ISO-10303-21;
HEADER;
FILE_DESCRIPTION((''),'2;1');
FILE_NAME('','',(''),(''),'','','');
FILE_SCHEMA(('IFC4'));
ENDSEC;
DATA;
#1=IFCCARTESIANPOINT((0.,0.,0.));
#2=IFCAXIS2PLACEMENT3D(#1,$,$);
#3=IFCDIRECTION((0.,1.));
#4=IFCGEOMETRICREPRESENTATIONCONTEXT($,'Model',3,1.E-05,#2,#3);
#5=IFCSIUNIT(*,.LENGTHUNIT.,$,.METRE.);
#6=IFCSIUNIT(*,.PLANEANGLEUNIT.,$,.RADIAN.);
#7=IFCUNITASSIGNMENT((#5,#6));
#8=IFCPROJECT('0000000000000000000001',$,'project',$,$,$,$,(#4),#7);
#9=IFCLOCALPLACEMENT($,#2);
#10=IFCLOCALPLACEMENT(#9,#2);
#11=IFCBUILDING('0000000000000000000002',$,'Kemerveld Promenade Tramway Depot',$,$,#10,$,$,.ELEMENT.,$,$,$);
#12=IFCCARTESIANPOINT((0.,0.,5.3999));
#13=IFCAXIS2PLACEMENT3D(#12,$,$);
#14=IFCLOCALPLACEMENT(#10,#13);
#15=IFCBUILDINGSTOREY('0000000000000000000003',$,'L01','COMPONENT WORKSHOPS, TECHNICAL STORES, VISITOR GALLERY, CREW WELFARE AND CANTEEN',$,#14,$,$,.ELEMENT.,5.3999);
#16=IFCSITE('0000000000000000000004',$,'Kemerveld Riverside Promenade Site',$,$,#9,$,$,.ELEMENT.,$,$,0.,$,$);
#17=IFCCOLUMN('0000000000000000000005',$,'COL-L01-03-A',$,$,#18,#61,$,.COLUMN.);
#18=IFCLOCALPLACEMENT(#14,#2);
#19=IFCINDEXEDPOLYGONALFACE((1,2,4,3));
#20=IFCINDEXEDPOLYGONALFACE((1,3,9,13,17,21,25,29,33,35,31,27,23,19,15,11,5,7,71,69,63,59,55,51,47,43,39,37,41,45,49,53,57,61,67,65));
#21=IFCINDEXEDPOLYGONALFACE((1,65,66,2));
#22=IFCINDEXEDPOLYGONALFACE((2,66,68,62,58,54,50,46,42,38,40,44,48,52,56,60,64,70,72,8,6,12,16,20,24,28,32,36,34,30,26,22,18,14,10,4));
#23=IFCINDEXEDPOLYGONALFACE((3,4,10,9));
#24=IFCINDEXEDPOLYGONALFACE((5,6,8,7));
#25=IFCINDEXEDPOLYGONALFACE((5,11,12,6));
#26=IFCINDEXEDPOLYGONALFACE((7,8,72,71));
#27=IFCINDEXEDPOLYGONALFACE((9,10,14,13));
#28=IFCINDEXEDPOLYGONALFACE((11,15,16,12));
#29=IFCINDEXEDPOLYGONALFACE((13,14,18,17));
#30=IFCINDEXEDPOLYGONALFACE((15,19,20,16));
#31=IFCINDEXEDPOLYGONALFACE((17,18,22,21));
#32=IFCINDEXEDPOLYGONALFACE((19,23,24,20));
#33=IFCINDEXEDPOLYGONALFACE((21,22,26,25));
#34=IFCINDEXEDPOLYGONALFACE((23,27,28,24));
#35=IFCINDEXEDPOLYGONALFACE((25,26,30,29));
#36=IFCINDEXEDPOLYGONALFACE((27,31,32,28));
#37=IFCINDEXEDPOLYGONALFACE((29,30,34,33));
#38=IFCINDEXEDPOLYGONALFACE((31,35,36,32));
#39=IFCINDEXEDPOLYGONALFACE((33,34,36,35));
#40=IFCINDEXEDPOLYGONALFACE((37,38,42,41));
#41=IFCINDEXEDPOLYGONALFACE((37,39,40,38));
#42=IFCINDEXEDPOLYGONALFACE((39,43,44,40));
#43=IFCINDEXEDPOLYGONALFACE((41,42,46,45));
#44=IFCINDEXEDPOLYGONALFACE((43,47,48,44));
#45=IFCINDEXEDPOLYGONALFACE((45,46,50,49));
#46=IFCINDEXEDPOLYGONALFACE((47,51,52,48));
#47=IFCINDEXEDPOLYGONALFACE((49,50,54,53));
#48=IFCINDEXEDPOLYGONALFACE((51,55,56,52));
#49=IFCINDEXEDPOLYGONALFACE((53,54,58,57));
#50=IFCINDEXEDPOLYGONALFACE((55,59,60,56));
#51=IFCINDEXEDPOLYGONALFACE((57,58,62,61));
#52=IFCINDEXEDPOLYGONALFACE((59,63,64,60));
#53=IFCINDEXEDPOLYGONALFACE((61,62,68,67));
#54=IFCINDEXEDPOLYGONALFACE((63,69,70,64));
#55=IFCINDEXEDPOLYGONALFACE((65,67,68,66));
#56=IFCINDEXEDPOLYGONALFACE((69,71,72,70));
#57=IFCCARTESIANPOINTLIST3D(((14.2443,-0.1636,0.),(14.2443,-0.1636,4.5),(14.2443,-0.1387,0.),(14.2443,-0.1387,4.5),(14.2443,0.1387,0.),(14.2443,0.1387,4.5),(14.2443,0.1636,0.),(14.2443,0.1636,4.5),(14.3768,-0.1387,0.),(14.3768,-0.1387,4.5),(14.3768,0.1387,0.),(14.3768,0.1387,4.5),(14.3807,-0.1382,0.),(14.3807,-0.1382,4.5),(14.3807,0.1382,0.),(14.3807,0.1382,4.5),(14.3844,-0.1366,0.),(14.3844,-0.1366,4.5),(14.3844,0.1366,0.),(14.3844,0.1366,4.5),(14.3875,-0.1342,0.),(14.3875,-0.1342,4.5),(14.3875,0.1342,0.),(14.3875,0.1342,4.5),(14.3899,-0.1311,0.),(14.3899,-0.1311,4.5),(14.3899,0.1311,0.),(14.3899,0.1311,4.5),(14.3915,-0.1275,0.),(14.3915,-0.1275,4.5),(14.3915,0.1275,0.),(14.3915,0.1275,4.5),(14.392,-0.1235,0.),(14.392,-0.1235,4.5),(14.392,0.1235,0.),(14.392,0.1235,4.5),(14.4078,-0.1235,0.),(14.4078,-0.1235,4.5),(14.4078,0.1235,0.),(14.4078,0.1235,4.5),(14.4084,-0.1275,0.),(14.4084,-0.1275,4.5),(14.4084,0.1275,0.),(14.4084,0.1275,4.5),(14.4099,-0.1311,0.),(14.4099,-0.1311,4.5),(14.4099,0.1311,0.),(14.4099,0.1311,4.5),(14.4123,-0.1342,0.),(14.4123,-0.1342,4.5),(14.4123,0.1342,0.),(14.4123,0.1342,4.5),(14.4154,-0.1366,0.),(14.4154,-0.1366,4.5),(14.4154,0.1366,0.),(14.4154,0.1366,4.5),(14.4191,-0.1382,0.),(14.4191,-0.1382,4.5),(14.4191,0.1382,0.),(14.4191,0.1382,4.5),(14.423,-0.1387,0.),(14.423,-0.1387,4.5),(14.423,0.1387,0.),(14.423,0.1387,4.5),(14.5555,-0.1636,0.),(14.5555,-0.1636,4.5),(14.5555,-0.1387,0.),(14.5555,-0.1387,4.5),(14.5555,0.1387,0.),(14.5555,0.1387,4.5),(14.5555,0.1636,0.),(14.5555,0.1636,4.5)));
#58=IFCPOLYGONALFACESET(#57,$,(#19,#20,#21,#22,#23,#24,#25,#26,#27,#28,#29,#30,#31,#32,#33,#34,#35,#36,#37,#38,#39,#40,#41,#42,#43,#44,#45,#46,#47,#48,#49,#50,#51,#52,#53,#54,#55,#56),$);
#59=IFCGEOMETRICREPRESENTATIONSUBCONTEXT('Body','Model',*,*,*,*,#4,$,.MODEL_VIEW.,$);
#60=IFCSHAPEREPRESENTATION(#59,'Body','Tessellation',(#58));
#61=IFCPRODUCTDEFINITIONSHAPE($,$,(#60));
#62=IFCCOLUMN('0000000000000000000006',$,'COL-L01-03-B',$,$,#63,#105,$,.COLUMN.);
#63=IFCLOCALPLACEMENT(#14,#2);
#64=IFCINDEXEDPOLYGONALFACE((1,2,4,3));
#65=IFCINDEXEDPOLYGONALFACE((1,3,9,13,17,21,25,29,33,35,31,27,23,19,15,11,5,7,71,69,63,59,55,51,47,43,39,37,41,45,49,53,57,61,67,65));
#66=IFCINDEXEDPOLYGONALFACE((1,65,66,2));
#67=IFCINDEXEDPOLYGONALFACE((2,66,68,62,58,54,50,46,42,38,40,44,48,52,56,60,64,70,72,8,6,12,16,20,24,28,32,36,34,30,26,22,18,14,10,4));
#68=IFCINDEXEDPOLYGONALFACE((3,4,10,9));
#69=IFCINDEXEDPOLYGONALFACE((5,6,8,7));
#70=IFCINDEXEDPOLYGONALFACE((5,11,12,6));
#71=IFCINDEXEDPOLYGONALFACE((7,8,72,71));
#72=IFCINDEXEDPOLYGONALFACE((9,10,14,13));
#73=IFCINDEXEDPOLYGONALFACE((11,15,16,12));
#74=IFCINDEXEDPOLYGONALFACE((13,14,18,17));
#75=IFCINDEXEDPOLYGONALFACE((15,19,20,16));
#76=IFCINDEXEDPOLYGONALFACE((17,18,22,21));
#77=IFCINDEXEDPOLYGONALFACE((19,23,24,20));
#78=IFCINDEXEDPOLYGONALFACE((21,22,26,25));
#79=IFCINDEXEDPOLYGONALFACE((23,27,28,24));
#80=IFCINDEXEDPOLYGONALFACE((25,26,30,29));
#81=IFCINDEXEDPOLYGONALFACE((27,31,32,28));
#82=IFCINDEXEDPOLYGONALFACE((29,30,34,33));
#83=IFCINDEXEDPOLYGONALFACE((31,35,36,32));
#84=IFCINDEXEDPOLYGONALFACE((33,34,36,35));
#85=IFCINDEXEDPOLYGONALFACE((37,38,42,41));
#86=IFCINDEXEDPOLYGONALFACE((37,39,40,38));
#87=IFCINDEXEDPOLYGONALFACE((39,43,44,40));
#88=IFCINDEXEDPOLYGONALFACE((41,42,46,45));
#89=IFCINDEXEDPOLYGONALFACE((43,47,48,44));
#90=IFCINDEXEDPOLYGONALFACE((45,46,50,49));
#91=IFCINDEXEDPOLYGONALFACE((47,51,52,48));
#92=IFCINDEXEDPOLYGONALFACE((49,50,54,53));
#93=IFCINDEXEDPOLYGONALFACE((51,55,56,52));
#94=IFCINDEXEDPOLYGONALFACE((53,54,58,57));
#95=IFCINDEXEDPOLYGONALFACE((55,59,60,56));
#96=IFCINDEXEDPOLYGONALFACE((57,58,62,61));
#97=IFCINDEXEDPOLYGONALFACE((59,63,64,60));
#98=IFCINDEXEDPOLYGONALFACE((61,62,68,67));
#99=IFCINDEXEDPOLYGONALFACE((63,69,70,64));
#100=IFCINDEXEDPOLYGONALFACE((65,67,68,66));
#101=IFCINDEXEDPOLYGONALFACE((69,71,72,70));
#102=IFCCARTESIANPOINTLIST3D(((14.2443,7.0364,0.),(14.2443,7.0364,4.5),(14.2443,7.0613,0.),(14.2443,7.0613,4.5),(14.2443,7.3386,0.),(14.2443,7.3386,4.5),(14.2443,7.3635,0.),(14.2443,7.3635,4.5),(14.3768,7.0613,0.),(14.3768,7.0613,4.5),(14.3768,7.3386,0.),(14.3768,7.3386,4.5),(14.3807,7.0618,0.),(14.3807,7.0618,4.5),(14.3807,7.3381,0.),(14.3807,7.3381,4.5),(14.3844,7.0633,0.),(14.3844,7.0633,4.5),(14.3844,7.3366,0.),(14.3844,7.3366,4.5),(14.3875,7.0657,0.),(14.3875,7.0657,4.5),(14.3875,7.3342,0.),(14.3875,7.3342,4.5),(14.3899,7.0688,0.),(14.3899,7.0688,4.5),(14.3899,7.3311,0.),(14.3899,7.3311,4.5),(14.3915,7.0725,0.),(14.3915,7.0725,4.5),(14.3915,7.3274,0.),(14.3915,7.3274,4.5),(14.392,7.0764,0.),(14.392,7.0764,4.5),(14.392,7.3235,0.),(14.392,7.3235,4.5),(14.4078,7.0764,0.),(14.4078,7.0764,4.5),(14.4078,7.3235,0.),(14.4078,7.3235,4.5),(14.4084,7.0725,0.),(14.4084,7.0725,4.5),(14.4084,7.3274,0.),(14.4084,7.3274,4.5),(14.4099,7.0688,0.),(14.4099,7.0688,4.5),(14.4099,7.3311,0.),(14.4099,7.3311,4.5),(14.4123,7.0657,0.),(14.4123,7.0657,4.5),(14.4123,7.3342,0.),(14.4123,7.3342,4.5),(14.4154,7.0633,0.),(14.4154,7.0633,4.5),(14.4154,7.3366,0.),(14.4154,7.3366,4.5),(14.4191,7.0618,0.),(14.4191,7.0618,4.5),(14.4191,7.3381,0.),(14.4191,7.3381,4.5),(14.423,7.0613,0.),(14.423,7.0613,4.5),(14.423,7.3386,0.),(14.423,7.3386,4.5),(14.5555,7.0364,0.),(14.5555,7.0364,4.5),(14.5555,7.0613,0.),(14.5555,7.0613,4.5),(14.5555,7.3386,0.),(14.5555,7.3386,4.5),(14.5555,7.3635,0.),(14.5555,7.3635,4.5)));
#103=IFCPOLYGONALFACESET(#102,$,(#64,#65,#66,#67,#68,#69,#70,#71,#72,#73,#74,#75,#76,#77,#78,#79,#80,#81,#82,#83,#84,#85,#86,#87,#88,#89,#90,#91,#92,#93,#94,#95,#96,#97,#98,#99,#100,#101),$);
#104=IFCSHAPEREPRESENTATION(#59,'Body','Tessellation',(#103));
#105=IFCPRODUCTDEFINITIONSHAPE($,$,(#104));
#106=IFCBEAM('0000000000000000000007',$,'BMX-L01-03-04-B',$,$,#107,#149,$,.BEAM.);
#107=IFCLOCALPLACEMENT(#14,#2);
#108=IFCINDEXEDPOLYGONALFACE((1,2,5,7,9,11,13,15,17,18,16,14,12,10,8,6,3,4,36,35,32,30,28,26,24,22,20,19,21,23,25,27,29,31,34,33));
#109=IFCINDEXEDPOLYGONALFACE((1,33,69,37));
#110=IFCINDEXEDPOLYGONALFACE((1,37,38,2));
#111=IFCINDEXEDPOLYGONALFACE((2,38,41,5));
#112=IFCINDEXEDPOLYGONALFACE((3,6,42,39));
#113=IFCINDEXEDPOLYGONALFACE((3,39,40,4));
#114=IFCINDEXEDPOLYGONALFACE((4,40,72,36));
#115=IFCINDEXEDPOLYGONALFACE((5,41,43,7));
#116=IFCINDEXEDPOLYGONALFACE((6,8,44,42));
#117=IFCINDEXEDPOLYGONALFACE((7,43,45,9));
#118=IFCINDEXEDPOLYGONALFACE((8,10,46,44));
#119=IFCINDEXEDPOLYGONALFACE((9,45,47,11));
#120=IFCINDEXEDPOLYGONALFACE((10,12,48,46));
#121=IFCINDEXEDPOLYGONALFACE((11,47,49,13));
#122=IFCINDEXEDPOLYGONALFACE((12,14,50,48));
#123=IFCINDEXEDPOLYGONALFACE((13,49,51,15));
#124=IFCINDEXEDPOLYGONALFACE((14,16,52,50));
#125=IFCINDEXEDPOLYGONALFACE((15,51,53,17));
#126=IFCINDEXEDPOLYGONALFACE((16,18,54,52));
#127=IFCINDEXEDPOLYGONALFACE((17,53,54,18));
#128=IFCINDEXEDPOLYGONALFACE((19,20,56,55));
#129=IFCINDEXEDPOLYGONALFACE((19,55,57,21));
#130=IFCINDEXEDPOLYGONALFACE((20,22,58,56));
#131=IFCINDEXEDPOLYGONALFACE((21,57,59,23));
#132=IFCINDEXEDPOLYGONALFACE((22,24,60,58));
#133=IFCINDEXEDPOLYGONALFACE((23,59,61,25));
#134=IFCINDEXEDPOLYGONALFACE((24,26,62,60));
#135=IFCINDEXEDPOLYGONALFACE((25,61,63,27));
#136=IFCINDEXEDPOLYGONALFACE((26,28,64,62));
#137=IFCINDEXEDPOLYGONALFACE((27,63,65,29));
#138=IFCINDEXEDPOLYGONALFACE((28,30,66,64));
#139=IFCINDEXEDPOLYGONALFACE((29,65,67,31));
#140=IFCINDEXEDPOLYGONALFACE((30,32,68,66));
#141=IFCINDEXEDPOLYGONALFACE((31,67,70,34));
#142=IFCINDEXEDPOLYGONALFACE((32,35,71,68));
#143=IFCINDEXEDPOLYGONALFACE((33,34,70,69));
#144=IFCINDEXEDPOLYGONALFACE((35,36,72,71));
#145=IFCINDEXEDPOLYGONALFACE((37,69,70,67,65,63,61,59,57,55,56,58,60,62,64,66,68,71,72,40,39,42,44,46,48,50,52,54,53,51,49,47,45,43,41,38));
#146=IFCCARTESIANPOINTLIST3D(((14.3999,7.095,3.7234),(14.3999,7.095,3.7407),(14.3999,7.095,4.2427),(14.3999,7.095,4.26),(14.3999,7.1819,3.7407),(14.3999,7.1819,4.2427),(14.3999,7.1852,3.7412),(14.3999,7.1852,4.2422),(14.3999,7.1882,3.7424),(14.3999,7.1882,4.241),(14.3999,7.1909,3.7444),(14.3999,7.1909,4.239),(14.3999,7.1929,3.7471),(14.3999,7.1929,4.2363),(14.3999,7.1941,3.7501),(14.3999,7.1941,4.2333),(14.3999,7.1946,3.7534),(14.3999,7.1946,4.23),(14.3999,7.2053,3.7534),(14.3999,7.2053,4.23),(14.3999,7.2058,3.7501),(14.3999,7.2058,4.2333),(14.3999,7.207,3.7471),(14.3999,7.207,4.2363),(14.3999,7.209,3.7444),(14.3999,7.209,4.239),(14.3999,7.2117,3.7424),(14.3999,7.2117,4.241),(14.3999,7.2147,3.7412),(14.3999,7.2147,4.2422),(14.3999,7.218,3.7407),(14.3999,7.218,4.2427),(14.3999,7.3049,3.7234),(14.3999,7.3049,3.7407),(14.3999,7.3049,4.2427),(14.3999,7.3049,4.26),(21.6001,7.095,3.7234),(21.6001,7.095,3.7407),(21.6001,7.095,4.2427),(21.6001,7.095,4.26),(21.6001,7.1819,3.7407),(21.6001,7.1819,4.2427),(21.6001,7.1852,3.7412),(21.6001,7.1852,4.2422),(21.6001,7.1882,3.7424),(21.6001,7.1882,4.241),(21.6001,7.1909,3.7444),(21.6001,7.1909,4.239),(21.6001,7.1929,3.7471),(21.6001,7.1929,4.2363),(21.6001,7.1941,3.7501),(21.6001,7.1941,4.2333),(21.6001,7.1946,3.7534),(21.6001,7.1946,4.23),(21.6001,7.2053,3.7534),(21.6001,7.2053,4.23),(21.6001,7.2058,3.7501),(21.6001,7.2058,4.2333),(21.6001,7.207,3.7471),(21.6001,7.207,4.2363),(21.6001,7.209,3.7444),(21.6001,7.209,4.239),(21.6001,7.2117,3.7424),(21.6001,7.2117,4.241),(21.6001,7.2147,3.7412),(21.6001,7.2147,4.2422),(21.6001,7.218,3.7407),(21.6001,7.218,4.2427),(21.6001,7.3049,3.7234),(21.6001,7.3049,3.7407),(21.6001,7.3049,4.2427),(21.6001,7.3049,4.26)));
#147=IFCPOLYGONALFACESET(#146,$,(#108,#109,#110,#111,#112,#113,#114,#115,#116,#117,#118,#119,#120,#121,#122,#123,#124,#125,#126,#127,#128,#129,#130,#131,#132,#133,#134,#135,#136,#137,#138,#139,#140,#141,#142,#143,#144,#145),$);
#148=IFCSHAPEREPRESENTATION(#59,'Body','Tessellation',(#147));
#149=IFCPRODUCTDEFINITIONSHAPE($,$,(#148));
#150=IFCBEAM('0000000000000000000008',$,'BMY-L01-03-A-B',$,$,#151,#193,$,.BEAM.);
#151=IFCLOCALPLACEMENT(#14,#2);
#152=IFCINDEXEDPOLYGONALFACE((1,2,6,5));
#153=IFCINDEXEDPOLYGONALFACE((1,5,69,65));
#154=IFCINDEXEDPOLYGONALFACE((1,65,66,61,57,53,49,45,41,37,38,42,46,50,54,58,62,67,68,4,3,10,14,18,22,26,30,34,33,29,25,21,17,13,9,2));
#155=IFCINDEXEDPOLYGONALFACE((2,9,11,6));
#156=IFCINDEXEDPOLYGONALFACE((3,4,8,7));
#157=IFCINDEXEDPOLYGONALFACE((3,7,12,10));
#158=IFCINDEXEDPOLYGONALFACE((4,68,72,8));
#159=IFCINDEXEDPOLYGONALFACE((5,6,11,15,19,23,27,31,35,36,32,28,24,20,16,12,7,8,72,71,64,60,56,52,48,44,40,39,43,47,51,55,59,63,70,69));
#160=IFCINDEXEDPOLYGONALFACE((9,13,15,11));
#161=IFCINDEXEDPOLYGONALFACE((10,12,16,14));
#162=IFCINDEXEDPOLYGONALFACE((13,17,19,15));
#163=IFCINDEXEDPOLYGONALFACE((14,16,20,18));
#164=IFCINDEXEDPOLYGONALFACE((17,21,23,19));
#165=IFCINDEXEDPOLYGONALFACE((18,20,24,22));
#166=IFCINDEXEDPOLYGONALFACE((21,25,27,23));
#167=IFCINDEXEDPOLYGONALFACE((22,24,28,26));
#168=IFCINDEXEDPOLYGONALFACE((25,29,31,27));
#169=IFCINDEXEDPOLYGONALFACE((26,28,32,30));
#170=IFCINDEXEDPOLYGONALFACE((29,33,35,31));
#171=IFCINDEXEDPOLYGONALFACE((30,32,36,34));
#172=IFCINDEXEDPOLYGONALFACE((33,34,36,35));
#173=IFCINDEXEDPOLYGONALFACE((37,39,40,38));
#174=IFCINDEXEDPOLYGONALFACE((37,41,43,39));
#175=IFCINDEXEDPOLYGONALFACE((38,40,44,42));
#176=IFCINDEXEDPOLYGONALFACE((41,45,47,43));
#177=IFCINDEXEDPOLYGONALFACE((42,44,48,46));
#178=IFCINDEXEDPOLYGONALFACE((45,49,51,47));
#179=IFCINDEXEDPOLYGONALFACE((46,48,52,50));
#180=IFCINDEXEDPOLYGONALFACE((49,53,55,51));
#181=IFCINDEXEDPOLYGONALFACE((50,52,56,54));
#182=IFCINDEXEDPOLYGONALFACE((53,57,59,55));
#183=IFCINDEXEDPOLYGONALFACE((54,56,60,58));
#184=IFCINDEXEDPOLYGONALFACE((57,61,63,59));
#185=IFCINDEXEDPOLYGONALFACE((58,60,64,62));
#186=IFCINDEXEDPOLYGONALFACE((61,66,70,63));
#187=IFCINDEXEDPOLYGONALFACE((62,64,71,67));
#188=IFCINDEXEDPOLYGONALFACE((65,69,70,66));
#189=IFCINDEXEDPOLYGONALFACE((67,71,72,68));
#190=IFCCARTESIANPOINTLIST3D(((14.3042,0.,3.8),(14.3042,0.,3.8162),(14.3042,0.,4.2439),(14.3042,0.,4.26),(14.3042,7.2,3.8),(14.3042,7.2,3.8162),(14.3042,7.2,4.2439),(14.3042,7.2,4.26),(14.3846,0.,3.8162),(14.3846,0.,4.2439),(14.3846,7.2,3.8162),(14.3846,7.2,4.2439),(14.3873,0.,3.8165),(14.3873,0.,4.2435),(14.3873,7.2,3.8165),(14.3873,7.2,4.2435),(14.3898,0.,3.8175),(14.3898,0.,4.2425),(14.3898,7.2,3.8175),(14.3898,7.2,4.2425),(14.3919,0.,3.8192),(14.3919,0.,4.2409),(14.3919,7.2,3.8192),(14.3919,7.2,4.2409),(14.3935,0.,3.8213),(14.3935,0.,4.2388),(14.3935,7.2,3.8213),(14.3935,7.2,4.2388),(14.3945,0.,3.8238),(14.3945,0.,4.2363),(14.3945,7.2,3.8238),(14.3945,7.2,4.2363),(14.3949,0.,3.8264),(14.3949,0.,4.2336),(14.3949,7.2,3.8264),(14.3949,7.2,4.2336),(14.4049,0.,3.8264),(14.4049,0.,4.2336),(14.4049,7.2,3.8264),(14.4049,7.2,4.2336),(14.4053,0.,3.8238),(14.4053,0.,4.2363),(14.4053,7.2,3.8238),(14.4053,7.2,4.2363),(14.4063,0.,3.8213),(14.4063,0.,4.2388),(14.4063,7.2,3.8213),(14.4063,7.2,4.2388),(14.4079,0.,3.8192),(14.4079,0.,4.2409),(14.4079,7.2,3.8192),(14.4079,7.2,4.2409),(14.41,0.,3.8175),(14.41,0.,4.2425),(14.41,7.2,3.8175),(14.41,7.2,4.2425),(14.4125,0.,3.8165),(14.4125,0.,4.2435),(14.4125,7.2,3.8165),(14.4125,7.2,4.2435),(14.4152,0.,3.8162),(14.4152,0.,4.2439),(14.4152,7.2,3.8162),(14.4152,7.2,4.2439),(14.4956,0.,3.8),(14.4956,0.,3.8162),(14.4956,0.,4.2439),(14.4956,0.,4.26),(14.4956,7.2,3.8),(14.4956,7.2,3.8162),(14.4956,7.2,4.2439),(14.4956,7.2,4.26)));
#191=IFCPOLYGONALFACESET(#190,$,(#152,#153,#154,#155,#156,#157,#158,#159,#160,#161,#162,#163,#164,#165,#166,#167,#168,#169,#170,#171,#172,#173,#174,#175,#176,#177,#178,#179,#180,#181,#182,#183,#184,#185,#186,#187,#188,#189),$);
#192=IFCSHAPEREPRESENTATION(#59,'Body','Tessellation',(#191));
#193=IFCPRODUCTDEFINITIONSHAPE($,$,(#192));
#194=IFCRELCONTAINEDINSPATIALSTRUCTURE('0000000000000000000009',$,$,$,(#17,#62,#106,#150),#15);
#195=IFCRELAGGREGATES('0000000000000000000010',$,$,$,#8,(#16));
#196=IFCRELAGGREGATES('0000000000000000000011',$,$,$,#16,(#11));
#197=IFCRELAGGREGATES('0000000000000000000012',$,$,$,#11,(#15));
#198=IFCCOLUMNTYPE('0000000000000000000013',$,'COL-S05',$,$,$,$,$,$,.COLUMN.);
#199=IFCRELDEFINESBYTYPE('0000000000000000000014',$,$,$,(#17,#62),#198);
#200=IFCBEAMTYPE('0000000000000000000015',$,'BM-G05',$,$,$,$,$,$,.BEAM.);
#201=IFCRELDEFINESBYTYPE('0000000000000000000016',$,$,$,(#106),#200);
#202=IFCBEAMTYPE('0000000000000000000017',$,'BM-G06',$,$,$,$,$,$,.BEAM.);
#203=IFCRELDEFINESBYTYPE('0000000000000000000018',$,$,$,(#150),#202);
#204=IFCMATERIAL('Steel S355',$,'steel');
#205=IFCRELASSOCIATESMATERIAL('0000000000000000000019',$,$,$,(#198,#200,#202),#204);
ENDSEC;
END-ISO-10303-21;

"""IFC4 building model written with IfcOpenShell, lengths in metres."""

from ifc_helpers import new_model, si_unit, direction, frame, origin, origin_2d, place, context, subcontext, project, spatial, i_section, extrude, material, material_profile, profile_set, type_object, element, save


model = new_model("IFC4")

# Units and contexts
model_context = context("Model", 3, precision=1e-05, world=origin(), true_north=direction((0.0, 1.0)))
body_context = subcontext(model_context, "Body", "Model", "MODEL_VIEW")
ifc_project = project(units=[si_unit("LENGTHUNIT", "METRE"), si_unit("PLANEANGLEUNIT", "RADIAN")], contexts=[model_context])

# Site, building, storey
site_placement = place(None, origin())
site = spatial("IfcSite", under=ifc_project, at=site_placement, Name="Kemerveld Riverside Promenade Site", CompositionType="ELEMENT", RefElevation=0.0)
building_placement = place(site_placement, origin())
building = spatial("IfcBuilding", under=site, at=building_placement, Name="Kemerveld Promenade Tramway Depot", CompositionType="ELEMENT")
storey_placement = place(building_placement, frame((0.0, 0.0, 5.3999)))
storey = spatial("IfcBuildingStorey", under=building, at=storey_placement, Name="L01", Description="COMPONENT WORKSHOPS, TECHNICAL STORES, VISITOR GALLERY, CREW WELFARE AND CANTEEN", CompositionType="ELEMENT", Elevation=5.3999)

# Columns
ifc_material_1 = material(Name="Steel S355", Category="steel")
ifc_material_profile_1 = material_profile(ifc_material_1, i_section(OverallWidth=0.3113, OverallDepth=0.3271, WebThickness=0.0159, FlangeThickness=0.0249, FilletRadius=0.0151, at=origin_2d()), Name="305x305x158 UC")
ifc_profile_set_1 = profile_set([ifc_material_profile_1], Name="Steel S355")
column_type = type_object("IfcColumnType", Name="COL-S05", PredefinedType="COLUMN", material=ifc_profile_set_1)
for number, where, z_axis, x_axis, name in (
    (1, (14.3999, 0.0, 0.0), (0.0, 0.0, 1.0), (1.0, 0.0, 0.0), "COL-L01-03-A"),
    (2, (14.3999, 7.2, 0.0), (0.0, 0.0, 1.0), (1.0, 0.0, 0.0), "COL-L01-03-B"),
):
    element("IfcColumn", number, at=place(storey_placement, frame(where, z_axis=z_axis, x_axis=x_axis)), inside=storey, type_object=column_type, Name=name, PredefinedType="COLUMN", context=body_context, shape_type="SweptSolid", body=[
        extrude(i_section(OverallWidth=0.3113, OverallDepth=0.3271, WebThickness=0.0159, FlangeThickness=0.0249, FilletRadius=0.0151, at=origin_2d()), origin(), (0.0, 0.0, 1.0), 4.5),
    ])

# Beams
ifc_material_profile_2 = material_profile(ifc_material_1, i_section(OverallWidth=0.21, OverallDepth=0.5366, WebThickness=0.0107, FlangeThickness=0.0173, FilletRadius=0.0127, at=origin_2d()), Name="533x210x101 UB")
ifc_profile_set_2 = profile_set([ifc_material_profile_2], Name="Steel S355")
beam_type_1 = type_object("IfcBeamType", Name="BM-G05", PredefinedType="BEAM", material=ifc_profile_set_2)
beam_1_placement = place(storey_placement, frame((14.3999, 7.2, 3.9917), z_axis=(1.0, 0.0, 0.0), x_axis=(0.0, 1.0, 0.0)))
element("IfcBeam", 3, at=beam_1_placement, inside=storey, type_object=beam_type_1, Name="BMX-L01-03-04-B", PredefinedType="BEAM", context=body_context, shape_type="SweptSolid", body=[
    extrude(i_section(OverallWidth=0.21, OverallDepth=0.5366, WebThickness=0.0107, FlangeThickness=0.0173, FilletRadius=0.0127, at=origin_2d()), origin(), (0.0, 0.0, 1.0), 7.2002),
])
ifc_material_profile_3 = material_profile(ifc_material_1, i_section(OverallWidth=0.1914, OverallDepth=0.46, WebThickness=0.01, FlangeThickness=0.0161, FilletRadius=0.0103, at=origin_2d()), Name="457x191x82 UB")
ifc_profile_set_3 = profile_set([ifc_material_profile_3], Name="Steel S355")
beam_type_2 = type_object("IfcBeamType", Name="BM-G06", PredefinedType="BEAM", material=ifc_profile_set_3)
for number, where, z_axis, x_axis, name in (
    (4, (14.3999, 0.0, 4.03), (0.0, 1.0, 0.0), (-1.0, 0.0, 0.0), "BMY-L01-03-A-B"),
):
    element("IfcBeam", number, at=place(storey_placement, frame(where, z_axis=z_axis, x_axis=x_axis)), inside=storey, type_object=beam_type_2, Name=name, PredefinedType="BEAM", context=body_context, shape_type="SweptSolid", body=[
        extrude(i_section(OverallWidth=0.1914, OverallDepth=0.46, WebThickness=0.01, FlangeThickness=0.0161, FilletRadius=0.0103, at=origin_2d()), origin(), (0.0, 0.0, 1.0), 7.2),
    ])

save(model, "model.ifc")
